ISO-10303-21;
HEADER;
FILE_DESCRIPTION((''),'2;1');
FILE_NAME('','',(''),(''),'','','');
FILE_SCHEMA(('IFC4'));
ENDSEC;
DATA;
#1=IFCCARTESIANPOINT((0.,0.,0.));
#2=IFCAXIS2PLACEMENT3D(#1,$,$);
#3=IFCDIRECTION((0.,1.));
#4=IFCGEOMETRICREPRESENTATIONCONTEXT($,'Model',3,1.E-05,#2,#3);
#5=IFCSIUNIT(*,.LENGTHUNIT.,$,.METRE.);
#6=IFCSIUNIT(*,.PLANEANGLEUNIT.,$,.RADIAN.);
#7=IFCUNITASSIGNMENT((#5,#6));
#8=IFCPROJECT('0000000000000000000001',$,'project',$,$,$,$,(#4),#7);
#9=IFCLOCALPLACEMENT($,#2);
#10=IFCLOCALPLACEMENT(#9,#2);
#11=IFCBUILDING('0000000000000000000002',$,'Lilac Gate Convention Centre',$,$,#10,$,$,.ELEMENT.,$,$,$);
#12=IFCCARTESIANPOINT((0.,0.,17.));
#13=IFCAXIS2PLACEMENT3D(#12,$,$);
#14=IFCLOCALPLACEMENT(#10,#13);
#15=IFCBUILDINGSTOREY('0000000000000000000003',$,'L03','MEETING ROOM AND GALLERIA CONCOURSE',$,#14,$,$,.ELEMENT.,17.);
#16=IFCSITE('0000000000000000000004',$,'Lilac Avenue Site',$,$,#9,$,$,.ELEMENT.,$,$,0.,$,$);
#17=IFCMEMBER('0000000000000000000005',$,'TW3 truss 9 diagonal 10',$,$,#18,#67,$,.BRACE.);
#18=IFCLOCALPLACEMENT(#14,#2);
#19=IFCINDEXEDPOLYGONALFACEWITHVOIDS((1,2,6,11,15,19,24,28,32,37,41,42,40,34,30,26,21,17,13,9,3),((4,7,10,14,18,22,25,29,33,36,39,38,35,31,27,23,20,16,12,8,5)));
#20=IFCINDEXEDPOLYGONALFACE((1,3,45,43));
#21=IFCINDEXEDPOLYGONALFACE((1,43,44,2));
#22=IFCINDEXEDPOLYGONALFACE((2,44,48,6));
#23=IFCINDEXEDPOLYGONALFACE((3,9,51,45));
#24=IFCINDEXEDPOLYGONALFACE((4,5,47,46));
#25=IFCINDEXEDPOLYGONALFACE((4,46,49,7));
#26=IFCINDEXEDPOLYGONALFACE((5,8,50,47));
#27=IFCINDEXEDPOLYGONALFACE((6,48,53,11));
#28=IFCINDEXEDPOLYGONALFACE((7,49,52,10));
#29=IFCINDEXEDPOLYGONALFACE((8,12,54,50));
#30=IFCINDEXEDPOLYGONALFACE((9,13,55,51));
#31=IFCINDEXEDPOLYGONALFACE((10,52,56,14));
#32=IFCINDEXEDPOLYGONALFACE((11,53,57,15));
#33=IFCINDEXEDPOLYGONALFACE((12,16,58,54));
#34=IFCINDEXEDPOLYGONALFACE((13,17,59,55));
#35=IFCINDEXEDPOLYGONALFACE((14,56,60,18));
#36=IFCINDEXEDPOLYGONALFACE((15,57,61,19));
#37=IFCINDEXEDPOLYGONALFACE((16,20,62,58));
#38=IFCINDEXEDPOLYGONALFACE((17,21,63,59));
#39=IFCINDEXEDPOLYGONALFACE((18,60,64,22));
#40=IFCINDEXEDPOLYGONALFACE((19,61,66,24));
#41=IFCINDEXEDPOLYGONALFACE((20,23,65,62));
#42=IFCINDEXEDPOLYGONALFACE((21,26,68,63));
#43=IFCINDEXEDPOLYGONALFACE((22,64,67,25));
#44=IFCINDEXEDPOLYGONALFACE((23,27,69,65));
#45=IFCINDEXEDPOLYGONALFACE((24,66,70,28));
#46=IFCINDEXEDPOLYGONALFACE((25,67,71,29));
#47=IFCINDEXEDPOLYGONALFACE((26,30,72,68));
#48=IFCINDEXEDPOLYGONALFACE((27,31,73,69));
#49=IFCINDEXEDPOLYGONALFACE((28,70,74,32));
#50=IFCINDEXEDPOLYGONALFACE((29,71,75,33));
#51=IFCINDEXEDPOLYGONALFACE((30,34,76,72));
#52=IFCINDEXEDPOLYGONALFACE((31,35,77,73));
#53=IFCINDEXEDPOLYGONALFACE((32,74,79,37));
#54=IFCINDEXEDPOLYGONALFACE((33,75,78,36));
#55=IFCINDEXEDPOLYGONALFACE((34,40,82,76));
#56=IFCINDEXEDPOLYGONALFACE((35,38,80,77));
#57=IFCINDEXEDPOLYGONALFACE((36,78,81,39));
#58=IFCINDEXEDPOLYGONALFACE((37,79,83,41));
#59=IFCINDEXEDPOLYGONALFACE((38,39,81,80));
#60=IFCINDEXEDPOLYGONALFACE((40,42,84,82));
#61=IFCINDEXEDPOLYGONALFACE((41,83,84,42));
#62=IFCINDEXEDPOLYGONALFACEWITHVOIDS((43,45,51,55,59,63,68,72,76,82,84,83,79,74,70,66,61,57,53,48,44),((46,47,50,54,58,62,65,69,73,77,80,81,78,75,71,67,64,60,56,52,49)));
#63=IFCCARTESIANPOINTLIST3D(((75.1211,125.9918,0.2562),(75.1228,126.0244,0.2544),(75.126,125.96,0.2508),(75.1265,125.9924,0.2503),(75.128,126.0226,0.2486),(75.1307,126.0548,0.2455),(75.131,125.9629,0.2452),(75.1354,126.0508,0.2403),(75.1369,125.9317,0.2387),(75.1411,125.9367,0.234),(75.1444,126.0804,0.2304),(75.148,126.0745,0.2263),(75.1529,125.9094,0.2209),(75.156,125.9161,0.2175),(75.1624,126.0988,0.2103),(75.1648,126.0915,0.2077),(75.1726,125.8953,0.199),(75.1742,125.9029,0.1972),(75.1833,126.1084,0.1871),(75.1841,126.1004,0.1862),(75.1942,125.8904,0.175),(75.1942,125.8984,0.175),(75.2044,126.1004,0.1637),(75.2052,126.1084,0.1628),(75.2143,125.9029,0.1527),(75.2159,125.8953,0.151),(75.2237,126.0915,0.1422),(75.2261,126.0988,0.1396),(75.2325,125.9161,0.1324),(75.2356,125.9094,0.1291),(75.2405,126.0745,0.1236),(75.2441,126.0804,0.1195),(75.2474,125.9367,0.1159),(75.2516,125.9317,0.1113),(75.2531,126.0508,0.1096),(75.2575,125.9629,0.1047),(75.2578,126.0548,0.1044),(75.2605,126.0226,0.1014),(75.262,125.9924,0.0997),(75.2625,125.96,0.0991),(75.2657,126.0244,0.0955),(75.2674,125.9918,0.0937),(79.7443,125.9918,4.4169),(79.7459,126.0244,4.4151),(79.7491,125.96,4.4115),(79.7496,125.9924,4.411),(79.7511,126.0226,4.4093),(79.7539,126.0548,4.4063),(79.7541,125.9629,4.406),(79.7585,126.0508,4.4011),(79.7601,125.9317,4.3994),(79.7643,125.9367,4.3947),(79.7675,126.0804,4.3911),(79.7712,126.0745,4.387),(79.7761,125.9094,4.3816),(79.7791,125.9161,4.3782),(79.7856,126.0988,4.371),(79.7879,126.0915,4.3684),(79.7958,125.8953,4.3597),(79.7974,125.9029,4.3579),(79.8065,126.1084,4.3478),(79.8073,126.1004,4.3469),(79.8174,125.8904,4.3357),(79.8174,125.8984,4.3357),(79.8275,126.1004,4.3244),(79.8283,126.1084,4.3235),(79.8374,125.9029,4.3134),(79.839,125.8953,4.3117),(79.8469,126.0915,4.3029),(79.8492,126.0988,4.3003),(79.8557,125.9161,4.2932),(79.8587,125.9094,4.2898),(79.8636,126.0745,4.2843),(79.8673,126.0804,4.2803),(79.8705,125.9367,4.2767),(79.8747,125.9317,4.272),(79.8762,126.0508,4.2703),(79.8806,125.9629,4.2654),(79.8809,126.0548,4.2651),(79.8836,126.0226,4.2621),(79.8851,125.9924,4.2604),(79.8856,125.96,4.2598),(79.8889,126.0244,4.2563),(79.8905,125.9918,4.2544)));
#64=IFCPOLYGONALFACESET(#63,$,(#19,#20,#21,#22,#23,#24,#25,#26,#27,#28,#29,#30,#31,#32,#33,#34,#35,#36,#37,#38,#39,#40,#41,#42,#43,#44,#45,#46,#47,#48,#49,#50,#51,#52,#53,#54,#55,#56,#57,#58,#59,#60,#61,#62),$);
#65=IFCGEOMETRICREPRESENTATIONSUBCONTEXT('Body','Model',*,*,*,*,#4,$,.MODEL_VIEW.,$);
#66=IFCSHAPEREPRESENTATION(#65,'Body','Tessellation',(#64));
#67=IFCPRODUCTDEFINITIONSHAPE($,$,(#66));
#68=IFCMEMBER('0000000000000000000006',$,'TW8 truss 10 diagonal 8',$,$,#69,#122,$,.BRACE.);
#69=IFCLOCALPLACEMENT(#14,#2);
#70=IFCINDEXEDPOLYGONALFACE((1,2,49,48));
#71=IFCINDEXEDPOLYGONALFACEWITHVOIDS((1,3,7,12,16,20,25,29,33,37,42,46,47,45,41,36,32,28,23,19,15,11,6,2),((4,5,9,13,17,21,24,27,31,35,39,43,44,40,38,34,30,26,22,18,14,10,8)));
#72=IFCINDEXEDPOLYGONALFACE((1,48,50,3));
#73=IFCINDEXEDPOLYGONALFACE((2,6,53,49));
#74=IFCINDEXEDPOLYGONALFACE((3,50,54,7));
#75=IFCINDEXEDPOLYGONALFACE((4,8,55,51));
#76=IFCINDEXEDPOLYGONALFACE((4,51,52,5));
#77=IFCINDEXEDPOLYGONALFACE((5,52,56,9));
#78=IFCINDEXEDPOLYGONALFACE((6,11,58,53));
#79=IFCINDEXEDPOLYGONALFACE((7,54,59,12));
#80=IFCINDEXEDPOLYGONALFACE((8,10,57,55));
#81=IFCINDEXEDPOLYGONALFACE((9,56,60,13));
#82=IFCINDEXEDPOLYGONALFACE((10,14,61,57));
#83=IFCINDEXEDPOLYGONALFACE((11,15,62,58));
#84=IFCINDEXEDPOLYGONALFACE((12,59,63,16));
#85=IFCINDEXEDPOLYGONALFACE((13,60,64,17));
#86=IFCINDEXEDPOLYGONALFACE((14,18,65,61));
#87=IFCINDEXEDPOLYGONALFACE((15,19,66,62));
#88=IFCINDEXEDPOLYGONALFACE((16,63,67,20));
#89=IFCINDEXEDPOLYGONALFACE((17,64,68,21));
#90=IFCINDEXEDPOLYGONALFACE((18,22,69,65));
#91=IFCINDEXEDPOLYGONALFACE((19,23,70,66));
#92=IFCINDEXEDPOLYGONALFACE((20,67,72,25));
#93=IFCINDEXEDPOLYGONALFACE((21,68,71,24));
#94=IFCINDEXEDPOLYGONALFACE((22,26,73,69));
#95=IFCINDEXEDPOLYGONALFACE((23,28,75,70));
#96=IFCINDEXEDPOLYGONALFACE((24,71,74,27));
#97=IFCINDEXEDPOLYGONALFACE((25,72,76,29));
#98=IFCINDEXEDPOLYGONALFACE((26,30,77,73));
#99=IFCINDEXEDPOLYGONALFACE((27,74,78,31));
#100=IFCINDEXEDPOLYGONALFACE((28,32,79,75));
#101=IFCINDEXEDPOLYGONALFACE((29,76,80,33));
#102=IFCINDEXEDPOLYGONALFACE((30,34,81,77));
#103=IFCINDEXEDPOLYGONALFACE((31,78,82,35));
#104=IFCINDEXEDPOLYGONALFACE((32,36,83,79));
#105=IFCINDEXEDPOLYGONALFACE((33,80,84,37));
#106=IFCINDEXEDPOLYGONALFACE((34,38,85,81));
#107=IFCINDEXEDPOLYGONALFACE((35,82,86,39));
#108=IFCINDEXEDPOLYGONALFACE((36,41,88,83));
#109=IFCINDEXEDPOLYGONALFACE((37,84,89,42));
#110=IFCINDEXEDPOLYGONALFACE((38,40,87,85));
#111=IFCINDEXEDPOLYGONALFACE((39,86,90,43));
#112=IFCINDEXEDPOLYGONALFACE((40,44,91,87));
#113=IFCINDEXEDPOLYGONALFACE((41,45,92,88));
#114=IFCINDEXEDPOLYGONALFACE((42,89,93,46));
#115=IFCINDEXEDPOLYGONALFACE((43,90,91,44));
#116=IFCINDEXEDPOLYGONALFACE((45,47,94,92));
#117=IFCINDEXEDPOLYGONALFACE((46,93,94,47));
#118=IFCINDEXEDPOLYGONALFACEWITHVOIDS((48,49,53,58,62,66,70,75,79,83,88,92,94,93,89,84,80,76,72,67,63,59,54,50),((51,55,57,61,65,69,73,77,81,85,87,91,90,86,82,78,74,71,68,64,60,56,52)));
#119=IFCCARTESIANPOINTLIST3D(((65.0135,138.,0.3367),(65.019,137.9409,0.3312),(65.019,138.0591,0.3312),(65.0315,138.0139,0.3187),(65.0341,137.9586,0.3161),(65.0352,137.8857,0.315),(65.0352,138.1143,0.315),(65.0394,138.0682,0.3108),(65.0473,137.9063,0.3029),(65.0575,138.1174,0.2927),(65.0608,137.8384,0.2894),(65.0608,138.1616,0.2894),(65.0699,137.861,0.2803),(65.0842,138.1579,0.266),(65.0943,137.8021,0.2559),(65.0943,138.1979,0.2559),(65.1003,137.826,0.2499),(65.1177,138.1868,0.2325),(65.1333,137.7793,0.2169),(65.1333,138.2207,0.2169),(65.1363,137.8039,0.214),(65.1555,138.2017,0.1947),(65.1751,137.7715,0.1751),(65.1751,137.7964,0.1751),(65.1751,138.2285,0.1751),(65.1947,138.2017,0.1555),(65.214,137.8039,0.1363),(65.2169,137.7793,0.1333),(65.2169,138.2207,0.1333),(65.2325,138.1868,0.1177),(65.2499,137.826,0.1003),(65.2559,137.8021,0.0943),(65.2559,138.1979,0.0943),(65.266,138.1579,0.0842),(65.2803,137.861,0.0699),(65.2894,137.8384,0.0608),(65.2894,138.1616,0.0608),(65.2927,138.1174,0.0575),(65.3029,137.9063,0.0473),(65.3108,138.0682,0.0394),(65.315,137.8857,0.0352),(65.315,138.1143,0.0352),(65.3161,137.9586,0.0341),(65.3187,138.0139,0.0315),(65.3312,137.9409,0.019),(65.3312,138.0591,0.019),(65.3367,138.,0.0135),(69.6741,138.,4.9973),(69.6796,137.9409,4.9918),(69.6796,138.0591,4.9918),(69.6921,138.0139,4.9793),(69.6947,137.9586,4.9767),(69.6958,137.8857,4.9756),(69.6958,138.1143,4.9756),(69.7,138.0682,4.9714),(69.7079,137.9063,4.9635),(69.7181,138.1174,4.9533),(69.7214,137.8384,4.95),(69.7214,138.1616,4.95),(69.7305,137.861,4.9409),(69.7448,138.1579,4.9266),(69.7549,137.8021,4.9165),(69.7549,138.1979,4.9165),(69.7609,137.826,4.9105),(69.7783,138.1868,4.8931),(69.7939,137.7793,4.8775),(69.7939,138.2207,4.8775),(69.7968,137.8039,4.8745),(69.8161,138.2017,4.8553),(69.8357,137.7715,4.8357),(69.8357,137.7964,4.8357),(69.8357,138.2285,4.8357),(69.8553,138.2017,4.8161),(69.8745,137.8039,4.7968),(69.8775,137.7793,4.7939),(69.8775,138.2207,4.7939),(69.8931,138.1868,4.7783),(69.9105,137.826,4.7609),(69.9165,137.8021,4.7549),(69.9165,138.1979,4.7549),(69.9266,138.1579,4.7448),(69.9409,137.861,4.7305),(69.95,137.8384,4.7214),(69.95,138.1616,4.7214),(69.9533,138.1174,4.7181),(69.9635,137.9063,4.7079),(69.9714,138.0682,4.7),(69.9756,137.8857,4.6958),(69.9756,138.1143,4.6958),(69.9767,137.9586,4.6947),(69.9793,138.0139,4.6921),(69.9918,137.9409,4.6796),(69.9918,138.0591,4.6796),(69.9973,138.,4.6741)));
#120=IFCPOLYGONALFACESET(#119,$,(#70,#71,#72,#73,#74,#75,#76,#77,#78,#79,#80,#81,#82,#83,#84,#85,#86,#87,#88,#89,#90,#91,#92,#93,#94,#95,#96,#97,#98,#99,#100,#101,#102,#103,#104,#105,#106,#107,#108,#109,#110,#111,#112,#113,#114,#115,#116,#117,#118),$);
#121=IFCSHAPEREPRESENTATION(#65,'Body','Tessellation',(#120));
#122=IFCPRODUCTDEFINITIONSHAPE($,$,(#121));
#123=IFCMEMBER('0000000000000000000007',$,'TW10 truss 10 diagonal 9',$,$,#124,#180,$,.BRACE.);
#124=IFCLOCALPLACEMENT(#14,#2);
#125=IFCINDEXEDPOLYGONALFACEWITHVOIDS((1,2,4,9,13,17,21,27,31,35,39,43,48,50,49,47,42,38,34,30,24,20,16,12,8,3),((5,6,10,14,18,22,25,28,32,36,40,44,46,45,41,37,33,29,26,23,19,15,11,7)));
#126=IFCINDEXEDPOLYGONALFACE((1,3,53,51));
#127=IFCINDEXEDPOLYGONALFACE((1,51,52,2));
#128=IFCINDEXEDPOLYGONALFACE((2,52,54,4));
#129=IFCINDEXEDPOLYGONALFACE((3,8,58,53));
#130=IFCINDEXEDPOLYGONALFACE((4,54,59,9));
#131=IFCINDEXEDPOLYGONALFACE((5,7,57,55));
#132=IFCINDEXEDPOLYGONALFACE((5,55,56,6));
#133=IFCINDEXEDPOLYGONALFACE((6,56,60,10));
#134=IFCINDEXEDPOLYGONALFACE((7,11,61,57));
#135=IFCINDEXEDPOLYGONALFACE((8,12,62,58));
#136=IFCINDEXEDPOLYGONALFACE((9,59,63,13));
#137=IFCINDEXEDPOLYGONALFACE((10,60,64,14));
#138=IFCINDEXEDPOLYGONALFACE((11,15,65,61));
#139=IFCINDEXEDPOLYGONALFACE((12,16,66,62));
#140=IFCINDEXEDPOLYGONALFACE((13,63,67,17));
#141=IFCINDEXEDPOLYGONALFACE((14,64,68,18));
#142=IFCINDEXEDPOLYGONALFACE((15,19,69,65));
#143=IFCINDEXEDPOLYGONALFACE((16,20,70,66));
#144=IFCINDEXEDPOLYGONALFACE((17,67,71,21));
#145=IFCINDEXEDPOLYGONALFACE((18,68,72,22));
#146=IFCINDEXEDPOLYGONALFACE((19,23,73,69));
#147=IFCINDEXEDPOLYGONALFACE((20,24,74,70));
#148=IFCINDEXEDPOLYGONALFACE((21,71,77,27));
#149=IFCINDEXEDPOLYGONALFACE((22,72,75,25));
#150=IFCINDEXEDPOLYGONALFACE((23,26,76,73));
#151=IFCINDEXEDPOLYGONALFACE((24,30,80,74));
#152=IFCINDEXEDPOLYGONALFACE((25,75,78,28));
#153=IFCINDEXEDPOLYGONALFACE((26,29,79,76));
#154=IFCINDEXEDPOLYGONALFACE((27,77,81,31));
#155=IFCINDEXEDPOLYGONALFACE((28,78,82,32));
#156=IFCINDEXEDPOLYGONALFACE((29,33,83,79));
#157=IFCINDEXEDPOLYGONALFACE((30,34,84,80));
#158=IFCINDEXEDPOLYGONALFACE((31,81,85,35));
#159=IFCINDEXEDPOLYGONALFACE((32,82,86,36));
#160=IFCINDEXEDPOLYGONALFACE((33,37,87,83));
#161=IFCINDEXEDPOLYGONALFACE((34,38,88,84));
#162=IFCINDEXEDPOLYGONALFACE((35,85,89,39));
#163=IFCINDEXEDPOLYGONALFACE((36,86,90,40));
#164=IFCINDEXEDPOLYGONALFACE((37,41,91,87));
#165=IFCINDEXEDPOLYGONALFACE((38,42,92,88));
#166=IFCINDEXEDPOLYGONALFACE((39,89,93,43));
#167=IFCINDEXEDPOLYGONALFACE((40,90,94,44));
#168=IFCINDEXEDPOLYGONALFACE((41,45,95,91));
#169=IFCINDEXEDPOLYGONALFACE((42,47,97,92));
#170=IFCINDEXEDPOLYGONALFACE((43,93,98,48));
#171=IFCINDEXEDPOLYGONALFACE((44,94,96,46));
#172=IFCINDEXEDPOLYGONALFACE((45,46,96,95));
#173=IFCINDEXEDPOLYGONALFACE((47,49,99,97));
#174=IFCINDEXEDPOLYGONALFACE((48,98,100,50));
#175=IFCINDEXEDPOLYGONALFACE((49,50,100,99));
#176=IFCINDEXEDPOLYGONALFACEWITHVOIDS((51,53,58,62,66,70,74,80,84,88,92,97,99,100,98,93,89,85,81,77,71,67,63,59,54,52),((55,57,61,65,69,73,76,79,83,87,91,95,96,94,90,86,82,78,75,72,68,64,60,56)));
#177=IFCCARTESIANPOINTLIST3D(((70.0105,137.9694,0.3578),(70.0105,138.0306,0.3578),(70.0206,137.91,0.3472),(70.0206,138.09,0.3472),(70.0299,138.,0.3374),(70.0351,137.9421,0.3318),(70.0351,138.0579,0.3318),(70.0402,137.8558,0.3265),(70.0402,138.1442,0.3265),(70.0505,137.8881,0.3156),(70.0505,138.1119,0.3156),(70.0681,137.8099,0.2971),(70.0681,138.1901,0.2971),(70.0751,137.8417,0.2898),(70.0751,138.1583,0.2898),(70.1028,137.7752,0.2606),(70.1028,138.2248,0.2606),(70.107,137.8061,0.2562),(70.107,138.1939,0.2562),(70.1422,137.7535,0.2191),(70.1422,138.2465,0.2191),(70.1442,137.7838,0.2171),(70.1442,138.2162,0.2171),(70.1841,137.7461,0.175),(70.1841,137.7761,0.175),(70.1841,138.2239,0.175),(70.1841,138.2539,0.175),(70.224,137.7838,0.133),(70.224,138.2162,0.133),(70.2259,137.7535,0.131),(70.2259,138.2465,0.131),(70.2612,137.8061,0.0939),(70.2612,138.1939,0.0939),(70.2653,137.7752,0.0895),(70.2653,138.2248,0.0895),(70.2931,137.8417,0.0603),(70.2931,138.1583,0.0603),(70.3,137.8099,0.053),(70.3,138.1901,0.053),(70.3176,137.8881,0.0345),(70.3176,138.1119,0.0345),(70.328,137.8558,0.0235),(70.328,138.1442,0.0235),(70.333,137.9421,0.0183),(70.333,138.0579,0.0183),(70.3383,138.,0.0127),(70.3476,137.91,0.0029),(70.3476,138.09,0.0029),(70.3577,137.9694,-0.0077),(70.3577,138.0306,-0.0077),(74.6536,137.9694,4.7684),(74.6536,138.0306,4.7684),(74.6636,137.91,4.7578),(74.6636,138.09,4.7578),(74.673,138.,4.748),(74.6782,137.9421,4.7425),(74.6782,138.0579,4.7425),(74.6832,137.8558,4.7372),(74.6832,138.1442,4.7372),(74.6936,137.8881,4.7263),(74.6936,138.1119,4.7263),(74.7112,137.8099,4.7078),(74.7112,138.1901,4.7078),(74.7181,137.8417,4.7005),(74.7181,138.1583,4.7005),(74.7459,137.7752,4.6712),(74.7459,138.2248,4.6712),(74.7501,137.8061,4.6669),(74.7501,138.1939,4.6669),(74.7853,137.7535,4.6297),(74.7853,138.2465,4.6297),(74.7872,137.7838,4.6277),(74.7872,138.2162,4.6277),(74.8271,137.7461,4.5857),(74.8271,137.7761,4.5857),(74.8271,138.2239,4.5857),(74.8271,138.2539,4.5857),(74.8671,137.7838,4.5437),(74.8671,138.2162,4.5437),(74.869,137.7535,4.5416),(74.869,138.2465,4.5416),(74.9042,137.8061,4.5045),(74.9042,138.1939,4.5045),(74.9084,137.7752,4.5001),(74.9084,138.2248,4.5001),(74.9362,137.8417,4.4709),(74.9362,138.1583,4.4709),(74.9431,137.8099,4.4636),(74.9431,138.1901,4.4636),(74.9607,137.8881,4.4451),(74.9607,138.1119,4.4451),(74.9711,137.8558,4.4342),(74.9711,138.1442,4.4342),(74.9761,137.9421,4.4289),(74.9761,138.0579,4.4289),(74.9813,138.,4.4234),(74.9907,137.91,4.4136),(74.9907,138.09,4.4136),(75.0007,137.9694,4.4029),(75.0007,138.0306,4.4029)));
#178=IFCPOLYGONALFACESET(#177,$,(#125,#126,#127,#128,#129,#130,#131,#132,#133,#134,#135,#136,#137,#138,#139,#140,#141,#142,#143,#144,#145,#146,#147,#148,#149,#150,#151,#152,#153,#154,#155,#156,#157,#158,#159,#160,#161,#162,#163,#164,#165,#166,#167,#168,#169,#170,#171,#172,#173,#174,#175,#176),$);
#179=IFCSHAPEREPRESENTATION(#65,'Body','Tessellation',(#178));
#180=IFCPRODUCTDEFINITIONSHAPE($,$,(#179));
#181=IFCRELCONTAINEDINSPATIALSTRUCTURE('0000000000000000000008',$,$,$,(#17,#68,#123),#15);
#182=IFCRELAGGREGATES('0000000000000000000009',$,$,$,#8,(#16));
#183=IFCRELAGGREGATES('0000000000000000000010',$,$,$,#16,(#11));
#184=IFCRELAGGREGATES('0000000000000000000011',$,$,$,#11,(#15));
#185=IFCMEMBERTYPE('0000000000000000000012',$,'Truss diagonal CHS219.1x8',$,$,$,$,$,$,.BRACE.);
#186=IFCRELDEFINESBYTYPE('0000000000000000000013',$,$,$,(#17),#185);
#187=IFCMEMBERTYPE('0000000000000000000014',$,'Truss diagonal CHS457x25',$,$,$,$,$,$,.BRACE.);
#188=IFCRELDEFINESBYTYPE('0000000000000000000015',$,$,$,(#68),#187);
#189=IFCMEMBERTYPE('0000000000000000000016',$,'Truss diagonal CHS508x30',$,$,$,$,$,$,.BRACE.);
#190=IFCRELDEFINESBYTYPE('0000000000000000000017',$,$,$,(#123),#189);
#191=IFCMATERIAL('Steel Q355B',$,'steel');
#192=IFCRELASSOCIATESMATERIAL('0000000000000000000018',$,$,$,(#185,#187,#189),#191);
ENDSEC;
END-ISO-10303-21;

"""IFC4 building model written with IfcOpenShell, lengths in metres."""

from ifc_helpers import new_model, si_unit, direction, frame, origin, origin_2d, place, context, subcontext, project, spatial, hollow_circle, extrude, material, material_profile, profile_set, type_object, element, save


model = new_model("IFC4")

# Units and contexts
model_context = context("Model", 3, precision=1e-05, world=origin(), true_north=direction((0.0, 1.0)))
body_context = subcontext(model_context, "Body", "Model", "MODEL_VIEW")
ifc_project = project(units=[si_unit("LENGTHUNIT", "METRE"), si_unit("PLANEANGLEUNIT", "RADIAN")], contexts=[model_context])

# Site, building, storey
site_placement = place(None, origin())
site = spatial("IfcSite", under=ifc_project, at=site_placement, Name="Lilac Avenue Site", CompositionType="ELEMENT", RefElevation=0.0)
building_placement = place(site_placement, origin())
building = spatial("IfcBuilding", under=site, at=building_placement, Name="Lilac Gate Convention Centre", CompositionType="ELEMENT")
storey_placement = place(building_placement, frame((0.0, 0.0, 17.0)))
storey = spatial("IfcBuildingStorey", under=building, at=storey_placement, Name="L03", Description="MEETING ROOM AND GALLERIA CONCOURSE", CompositionType="ELEMENT", Elevation=17.0)

# Members
ifc_material = material(Name="Steel Q355B", Category="steel")
ifc_material_profile_1 = material_profile(ifc_material, hollow_circle(Radius=0.1096, WallThickness=0.0081, at=origin_2d()), Name="CHS219.1x8")
ifc_profile_set_1 = profile_set([ifc_material_profile_1], Name="Steel Q355B")
member_type_1 = type_object("IfcMemberType", Name="Truss diagonal CHS219.1x8", PredefinedType="BRACE", material=ifc_profile_set_1)
member_1_placement = place(storey_placement, frame((79.8174, 126.0, 4.3357), z_axis=(-0.743302, 0.0, -0.668956), x_axis=(0.0, -1.0, 0.0)))
element("IfcMember", 1, at=member_1_placement, inside=storey, type_object=member_type_1, Name="TW3 truss 9 diagonal 10", PredefinedType="BRACE", context=body_context, shape_type="SweptSolid", body=[
    extrude(hollow_circle(Radius=0.1096, WallThickness=0.0081, at=origin_2d()), origin(), (0.0, 0.0, 1.0), 6.2197),
])
ifc_material_profile_2 = material_profile(ifc_material, hollow_circle(Radius=0.2285, WallThickness=0.0249, at=origin_2d()), Name="CHS457x25")
ifc_profile_set_2 = profile_set([ifc_material_profile_2], Name="Steel Q355B")
member_type_2 = type_object("IfcMemberType", Name="Truss diagonal CHS457x25", PredefinedType="BRACE", material=ifc_profile_set_2)
member_2_placement = place(storey_placement, frame((69.8357, 138.0, 4.8357), z_axis=(-0.707107, 0.0, -0.707107), x_axis=(0.0, -1.0, 0.0)))
element("IfcMember", 2, at=member_2_placement, inside=storey, type_object=member_type_2, Name="TW8 truss 10 diagonal 8", PredefinedType="BRACE", context=body_context, shape_type="SweptSolid", body=[
    extrude(hollow_circle(Radius=0.2285, WallThickness=0.0249, at=origin_2d()), origin(), (0.0, 0.0, 1.0), 6.5911),
])
ifc_material_profile_3 = material_profile(ifc_material, hollow_circle(Radius=0.2539, WallThickness=0.03, at=origin_2d()), Name="CHS508x30")
ifc_profile_set_3 = profile_set([ifc_material_profile_3], Name="Steel Q355B")
member_type_3 = type_object("IfcMemberType", Name="Truss diagonal CHS508x30", PredefinedType="BRACE", material=ifc_profile_set_3)
member_3_placement = place(storey_placement, frame((74.8271, 138.0, 4.5857), z_axis=(-0.72502, 0.0, -0.688727), x_axis=(0.0, -1.0, 0.0)))
element("IfcMember", 3, at=member_3_placement, inside=storey, type_object=member_type_3, Name="TW10 truss 10 diagonal 9", PredefinedType="BRACE", context=body_context, shape_type="SweptSolid", body=[
    extrude(hollow_circle(Radius=0.2539, WallThickness=0.03, at=origin_2d()), origin(), (0.0, 0.0, 1.0), 6.4041),
])

save(model, "model.ifc")
